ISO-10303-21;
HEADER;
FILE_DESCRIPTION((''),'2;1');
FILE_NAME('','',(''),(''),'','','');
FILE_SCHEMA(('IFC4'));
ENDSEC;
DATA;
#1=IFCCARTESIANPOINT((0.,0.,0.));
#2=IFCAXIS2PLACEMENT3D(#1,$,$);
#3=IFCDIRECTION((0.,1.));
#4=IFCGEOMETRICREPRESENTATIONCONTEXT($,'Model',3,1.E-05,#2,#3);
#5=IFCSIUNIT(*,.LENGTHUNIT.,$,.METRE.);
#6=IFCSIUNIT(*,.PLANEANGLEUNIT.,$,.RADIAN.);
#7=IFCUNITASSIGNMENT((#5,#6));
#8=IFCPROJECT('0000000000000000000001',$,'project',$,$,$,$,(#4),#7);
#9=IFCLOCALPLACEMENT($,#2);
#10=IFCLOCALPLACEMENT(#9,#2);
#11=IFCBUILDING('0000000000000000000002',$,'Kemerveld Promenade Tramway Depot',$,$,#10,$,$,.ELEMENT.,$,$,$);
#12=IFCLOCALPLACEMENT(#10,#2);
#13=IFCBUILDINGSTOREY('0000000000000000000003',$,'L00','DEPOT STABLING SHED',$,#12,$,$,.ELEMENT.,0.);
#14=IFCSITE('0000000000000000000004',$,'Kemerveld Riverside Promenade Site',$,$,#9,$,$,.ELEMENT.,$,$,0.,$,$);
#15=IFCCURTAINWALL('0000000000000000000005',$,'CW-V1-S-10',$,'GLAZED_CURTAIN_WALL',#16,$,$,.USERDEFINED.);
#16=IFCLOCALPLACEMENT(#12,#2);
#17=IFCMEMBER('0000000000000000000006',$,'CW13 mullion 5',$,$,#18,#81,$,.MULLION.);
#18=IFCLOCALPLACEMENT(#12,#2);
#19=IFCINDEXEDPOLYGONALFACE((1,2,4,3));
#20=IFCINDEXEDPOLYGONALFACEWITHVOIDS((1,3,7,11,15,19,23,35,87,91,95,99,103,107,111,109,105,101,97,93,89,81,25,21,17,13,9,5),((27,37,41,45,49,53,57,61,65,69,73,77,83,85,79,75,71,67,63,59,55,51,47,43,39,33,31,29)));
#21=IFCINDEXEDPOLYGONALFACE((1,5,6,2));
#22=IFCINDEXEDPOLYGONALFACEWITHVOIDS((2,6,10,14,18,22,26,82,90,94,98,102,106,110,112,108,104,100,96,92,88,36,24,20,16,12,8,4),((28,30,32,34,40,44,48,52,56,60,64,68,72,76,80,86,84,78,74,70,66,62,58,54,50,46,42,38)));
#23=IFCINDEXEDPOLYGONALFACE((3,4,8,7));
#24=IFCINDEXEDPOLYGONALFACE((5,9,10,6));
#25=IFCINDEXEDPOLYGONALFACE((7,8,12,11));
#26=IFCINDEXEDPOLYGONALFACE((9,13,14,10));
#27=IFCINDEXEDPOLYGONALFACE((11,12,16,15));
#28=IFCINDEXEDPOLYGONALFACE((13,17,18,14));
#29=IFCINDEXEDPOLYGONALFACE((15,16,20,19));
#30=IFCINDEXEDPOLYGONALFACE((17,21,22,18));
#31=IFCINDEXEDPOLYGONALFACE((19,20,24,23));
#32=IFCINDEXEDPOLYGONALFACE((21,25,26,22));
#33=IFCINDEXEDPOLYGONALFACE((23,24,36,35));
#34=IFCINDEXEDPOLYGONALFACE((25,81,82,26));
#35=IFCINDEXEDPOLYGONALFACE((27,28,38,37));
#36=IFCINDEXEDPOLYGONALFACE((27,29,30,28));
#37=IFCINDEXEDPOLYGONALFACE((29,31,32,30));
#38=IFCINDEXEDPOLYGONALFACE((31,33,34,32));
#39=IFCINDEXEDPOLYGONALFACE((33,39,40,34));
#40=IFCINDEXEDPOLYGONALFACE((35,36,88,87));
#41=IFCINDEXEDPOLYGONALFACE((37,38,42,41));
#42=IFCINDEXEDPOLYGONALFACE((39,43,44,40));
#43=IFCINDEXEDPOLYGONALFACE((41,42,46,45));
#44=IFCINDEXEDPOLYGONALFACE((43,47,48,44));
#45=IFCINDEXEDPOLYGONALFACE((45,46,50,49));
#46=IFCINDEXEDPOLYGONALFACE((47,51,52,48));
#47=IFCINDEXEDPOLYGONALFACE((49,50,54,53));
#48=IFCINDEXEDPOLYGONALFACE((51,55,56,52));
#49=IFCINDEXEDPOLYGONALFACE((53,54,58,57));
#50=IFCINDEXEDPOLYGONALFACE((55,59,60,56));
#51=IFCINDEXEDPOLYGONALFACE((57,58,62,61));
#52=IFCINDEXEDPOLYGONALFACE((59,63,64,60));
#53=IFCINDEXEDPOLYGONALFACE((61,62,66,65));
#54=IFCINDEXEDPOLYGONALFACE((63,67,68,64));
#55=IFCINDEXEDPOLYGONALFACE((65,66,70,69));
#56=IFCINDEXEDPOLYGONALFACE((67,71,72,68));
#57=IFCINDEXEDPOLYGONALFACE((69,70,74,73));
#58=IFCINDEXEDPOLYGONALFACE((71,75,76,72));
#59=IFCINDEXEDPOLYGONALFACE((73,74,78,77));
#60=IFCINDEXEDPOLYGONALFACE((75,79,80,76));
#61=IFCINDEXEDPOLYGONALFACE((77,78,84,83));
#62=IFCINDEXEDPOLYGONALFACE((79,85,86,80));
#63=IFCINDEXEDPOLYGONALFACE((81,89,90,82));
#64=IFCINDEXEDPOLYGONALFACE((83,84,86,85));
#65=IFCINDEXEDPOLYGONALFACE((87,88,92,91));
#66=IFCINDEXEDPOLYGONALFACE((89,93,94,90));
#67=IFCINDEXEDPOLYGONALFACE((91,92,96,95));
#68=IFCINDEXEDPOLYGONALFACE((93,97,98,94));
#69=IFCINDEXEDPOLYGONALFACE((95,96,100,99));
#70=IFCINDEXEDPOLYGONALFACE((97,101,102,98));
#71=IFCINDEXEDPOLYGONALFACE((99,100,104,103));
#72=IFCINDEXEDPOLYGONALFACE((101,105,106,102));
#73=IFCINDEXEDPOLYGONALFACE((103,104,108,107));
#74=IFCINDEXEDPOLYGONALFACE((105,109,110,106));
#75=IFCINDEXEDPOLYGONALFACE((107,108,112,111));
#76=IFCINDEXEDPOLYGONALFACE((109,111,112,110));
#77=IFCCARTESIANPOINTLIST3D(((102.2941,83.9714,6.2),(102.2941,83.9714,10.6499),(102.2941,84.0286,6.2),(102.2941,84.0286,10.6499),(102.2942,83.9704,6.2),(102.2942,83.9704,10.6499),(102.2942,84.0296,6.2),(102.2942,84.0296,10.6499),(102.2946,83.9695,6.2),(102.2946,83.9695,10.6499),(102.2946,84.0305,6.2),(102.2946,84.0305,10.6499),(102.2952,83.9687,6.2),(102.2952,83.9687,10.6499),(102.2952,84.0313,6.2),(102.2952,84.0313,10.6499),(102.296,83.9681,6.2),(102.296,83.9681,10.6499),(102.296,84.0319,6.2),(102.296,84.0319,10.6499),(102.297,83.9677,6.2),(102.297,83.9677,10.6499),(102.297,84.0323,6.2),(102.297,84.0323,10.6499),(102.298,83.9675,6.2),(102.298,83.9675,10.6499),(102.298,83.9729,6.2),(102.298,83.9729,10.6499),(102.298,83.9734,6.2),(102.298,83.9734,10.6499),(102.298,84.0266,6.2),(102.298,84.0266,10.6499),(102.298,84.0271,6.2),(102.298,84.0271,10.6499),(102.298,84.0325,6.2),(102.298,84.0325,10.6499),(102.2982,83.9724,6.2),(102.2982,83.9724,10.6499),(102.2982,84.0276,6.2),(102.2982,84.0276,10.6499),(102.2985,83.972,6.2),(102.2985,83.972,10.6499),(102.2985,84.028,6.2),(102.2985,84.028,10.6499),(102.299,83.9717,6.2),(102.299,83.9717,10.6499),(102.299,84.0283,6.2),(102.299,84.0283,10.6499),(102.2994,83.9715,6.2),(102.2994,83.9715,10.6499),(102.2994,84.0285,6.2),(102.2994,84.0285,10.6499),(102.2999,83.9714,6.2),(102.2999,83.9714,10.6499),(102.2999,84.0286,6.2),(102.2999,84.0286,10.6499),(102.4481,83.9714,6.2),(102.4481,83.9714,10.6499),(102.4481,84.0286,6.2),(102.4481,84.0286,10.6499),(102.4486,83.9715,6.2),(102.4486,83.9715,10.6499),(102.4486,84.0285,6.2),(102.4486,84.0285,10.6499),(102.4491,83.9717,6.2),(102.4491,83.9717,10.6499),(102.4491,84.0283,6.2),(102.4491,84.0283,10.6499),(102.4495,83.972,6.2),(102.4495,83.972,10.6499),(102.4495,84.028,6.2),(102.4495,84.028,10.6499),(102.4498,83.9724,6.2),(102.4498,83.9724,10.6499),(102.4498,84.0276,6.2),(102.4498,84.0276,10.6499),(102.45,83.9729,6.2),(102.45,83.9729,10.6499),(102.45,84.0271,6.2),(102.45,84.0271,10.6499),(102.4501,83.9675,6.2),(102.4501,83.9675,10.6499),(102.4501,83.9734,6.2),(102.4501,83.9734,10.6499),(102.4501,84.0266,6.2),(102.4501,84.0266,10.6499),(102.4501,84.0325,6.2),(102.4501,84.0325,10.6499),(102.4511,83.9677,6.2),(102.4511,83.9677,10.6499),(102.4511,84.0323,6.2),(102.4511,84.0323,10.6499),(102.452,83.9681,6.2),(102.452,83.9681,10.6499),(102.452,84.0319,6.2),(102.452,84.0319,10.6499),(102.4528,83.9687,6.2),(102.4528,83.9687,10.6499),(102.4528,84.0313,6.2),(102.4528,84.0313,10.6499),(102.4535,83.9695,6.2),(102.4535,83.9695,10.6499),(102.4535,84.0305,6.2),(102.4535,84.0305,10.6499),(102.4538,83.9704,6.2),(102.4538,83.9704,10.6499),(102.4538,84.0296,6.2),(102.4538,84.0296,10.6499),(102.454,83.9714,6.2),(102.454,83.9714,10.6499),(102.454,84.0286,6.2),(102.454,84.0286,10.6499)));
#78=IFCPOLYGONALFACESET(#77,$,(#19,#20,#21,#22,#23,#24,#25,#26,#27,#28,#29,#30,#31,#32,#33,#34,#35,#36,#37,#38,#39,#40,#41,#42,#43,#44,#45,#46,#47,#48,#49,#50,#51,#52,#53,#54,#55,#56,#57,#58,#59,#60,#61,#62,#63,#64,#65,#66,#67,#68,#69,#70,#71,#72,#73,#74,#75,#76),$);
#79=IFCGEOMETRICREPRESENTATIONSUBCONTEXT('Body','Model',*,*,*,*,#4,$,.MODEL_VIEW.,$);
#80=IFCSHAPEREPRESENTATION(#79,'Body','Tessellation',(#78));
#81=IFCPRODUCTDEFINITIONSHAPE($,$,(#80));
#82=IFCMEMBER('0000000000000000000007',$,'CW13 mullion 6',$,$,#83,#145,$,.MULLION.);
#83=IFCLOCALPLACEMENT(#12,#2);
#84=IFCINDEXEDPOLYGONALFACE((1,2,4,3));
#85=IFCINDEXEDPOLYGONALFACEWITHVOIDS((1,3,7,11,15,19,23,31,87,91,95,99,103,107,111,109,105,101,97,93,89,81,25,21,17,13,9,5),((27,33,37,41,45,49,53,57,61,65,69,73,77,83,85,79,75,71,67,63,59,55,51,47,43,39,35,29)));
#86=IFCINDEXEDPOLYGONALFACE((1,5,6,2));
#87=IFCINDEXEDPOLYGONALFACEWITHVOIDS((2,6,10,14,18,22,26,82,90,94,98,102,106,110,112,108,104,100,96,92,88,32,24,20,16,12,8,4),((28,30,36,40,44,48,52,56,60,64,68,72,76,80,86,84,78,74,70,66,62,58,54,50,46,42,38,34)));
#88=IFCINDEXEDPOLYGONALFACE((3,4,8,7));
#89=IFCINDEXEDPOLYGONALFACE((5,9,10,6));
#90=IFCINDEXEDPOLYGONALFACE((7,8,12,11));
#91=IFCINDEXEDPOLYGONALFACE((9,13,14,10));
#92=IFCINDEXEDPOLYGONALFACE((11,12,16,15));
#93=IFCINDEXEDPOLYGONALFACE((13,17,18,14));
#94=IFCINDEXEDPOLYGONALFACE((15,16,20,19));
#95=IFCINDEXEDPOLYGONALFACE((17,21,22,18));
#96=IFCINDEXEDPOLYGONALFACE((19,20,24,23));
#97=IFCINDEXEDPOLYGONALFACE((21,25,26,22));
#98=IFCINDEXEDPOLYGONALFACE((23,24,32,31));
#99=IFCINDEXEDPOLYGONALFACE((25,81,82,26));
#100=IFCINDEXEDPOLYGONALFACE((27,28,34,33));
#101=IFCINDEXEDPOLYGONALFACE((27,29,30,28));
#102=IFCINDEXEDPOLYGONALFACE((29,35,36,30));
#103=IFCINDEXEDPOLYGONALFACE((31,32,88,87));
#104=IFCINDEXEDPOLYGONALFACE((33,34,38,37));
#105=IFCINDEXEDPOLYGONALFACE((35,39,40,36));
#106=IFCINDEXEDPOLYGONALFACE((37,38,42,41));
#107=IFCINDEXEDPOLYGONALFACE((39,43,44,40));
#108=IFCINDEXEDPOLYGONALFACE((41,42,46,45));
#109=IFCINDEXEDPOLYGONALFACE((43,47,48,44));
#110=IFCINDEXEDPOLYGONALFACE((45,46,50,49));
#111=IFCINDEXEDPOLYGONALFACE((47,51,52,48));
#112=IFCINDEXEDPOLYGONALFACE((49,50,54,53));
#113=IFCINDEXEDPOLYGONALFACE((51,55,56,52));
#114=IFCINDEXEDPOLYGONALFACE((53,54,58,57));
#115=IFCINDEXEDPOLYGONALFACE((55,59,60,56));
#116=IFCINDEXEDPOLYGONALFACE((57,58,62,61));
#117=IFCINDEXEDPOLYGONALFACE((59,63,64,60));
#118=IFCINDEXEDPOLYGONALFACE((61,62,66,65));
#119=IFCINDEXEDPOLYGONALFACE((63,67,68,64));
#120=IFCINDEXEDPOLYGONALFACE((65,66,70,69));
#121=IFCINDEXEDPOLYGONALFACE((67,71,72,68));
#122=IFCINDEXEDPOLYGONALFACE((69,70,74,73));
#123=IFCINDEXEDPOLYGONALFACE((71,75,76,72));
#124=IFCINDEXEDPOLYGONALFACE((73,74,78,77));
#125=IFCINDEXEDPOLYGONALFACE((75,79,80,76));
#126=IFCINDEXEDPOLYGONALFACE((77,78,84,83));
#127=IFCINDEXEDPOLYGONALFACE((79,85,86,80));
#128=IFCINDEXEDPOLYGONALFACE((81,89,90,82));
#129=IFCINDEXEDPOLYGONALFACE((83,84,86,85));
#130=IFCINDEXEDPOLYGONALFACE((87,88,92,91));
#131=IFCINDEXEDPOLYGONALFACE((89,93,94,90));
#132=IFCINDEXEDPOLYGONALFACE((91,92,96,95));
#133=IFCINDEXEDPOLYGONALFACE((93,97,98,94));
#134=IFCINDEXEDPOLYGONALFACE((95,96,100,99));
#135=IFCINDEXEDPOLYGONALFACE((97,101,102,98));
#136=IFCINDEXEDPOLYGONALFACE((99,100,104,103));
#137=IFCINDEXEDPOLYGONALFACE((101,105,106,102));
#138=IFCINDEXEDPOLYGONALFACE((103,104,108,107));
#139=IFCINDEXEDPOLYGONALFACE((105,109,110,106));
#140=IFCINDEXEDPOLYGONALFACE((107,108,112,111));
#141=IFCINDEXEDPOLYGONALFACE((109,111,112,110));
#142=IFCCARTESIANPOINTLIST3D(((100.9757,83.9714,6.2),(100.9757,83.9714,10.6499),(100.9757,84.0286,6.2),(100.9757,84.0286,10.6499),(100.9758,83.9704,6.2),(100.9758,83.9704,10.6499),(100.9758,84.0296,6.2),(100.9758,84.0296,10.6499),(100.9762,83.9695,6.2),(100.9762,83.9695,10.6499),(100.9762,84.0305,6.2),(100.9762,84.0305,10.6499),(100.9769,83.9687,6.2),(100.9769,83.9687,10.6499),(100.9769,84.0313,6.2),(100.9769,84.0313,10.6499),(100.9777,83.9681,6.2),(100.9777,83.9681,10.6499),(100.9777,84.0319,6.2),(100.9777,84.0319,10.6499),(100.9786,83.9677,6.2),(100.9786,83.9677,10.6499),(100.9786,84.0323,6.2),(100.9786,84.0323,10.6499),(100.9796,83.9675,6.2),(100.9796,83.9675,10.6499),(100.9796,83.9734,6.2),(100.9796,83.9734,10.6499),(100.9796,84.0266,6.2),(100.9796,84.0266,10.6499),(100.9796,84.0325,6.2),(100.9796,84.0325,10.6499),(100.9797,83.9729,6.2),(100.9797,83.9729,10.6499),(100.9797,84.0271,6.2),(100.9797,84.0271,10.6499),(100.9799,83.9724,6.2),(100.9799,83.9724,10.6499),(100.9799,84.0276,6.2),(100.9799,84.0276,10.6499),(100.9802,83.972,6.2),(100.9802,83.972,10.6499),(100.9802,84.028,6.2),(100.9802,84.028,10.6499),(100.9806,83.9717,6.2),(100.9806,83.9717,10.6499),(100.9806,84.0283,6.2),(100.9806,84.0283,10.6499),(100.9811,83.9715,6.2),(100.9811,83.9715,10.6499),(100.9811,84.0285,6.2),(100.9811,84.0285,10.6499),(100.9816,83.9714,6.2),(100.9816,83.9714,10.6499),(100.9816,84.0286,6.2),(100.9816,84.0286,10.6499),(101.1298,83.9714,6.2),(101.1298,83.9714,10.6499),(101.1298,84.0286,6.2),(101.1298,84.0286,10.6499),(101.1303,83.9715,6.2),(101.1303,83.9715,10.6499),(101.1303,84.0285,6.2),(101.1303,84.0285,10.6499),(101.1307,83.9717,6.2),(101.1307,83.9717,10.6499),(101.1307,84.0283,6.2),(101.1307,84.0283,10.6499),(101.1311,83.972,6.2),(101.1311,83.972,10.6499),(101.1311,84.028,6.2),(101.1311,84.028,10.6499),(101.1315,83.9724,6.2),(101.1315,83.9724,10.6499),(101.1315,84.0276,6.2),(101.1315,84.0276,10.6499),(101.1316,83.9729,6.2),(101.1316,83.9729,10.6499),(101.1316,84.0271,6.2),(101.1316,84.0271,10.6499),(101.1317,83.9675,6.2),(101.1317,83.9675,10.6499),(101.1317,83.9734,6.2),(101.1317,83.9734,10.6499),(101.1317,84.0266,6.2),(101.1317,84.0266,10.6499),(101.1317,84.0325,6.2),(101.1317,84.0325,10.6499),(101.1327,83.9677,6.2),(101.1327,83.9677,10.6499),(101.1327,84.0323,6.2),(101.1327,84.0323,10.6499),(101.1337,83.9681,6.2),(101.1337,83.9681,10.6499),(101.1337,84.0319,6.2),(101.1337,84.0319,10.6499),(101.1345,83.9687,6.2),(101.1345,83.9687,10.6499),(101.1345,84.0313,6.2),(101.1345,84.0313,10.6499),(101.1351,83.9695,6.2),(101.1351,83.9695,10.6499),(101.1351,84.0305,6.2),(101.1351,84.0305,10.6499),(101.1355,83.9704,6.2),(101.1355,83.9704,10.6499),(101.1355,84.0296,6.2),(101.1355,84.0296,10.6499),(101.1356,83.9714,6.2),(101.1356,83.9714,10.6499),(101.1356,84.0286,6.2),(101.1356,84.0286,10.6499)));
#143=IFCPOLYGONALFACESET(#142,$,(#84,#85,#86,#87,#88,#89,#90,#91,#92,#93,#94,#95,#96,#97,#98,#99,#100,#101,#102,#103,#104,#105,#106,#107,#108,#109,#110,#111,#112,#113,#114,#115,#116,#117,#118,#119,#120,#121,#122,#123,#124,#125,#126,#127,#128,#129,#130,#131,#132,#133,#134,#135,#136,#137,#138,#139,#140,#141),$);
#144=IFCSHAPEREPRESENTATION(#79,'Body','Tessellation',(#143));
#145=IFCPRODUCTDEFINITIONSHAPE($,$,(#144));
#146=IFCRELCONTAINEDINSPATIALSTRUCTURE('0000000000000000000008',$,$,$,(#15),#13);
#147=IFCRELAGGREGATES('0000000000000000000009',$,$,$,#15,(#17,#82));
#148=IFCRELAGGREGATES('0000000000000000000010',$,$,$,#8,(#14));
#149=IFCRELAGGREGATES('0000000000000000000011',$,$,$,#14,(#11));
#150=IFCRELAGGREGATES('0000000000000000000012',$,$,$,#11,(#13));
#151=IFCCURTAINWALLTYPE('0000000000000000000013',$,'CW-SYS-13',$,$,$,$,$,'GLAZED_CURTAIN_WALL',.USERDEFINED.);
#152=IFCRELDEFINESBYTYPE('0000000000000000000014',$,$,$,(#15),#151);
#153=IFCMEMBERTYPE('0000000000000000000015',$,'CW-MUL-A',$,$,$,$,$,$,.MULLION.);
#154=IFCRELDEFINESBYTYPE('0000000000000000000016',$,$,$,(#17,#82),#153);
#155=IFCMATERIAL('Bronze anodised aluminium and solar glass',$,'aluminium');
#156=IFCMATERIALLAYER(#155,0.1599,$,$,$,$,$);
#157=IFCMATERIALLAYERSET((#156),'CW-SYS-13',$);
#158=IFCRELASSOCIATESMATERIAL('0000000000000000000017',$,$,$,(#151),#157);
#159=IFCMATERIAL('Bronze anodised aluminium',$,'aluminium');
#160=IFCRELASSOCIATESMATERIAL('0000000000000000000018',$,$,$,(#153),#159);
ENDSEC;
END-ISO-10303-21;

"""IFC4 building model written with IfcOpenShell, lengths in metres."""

from ifc_helpers import new_model, si_unit, direction, frame, origin, origin_2d, place, context, subcontext, project, spatial, hollow_rectangle, extrude, material, layer, layer_set, material_profile, profile_set, type_object, element, aggregate, save


model = new_model("IFC4")

# Units and contexts
model_context = context("Model", 3, precision=1e-05, world=origin(), true_north=direction((0.0, 1.0)))
body_context = subcontext(model_context, "Body", "Model", "MODEL_VIEW")
ifc_project = project(units=[si_unit("LENGTHUNIT", "METRE"), si_unit("PLANEANGLEUNIT", "RADIAN")], contexts=[model_context])

# Site, building, storey
site_placement = place(None, origin())
site = spatial("IfcSite", under=ifc_project, at=site_placement, Name="Kemerveld Riverside Promenade Site", CompositionType="ELEMENT", RefElevation=0.0)
building_placement = place(site_placement, origin())
building = spatial("IfcBuilding", under=site, at=building_placement, Name="Kemerveld Promenade Tramway Depot", CompositionType="ELEMENT")
storey_placement = place(building_placement, origin())
storey = spatial("IfcBuildingStorey", under=building, at=storey_placement, Name="L00", Description="DEPOT STABLING SHED", CompositionType="ELEMENT", Elevation=0.0)

# Curtain wall, members
ifc_material_1 = material(Name="Bronze anodised aluminium and solar glass", Category="aluminium")
ifc_layer_1 = layer(ifc_material_1, 0.1599)
ifc_layer_set_1 = layer_set([ifc_layer_1], Name="CW-SYS-13")
curtain_wall_type_1 = type_object("IfcCurtainWallType", Name="CW-SYS-13", ElementType="GLAZED_CURTAIN_WALL", PredefinedType="USERDEFINED", material=ifc_layer_set_1)
curtain_wall_1_placement = place(storey_placement, origin())
curtain_wall_1 = element("IfcCurtainWall", 1, at=curtain_wall_1_placement, inside=storey, type_object=curtain_wall_type_1, Name="CW-V1-S-10", ObjectType="GLAZED_CURTAIN_WALL", PredefinedType="USERDEFINED")
ifc_material_2 = material(Name="Bronze anodised aluminium", Category="aluminium")
ifc_material_profile_1 = material_profile(ifc_material_2, hollow_rectangle(XDim=0.0649, YDim=0.1599, WallThickness=0.0039, InnerFilletRadius=0.002, OuterFilletRadius=0.0039, at=origin_2d()), Name="CW-MUL-160x65")
ifc_profile_set_1 = profile_set([ifc_material_profile_1], Name="Bronze anodised aluminium")
member_type_1 = type_object("IfcMemberType", Name="CW-MUL-A", PredefinedType="MULLION", material=ifc_profile_set_1)
member_1_placement = place(storey_placement, frame((102.374, 84.0, 6.2), z_axis=(0.0, 0.0, 1.0), x_axis=(0.0, -1.0, 0.0)))
member_1 = element("IfcMember", 2, at=member_1_placement, type_object=member_type_1, Name="CW13 mullion 5", PredefinedType="MULLION", context=body_context, shape_type="SweptSolid", body=[
    extrude(hollow_rectangle(XDim=0.0649, YDim=0.1599, WallThickness=0.0039, InnerFilletRadius=0.002, OuterFilletRadius=0.0039, at=origin_2d()), origin(), (0.0, 0.0, 1.0), 4.45),
])
member_2_placement = place(storey_placement, frame((101.0557, 84.0, 6.2), z_axis=(0.0, 0.0, 1.0), x_axis=(0.0, -1.0, 0.0)))
member_2 = element("IfcMember", 3, at=member_2_placement, type_object=member_type_1, Name="CW13 mullion 6", PredefinedType="MULLION", context=body_context, shape_type="SweptSolid", body=[
    extrude(hollow_rectangle(XDim=0.0649, YDim=0.1599, WallThickness=0.0039, InnerFilletRadius=0.002, OuterFilletRadius=0.0039, at=origin_2d()), origin(), (0.0, 0.0, 1.0), 4.45),
])

aggregate(curtain_wall_1, [member_1, member_2])

save(model, "model.ifc")
